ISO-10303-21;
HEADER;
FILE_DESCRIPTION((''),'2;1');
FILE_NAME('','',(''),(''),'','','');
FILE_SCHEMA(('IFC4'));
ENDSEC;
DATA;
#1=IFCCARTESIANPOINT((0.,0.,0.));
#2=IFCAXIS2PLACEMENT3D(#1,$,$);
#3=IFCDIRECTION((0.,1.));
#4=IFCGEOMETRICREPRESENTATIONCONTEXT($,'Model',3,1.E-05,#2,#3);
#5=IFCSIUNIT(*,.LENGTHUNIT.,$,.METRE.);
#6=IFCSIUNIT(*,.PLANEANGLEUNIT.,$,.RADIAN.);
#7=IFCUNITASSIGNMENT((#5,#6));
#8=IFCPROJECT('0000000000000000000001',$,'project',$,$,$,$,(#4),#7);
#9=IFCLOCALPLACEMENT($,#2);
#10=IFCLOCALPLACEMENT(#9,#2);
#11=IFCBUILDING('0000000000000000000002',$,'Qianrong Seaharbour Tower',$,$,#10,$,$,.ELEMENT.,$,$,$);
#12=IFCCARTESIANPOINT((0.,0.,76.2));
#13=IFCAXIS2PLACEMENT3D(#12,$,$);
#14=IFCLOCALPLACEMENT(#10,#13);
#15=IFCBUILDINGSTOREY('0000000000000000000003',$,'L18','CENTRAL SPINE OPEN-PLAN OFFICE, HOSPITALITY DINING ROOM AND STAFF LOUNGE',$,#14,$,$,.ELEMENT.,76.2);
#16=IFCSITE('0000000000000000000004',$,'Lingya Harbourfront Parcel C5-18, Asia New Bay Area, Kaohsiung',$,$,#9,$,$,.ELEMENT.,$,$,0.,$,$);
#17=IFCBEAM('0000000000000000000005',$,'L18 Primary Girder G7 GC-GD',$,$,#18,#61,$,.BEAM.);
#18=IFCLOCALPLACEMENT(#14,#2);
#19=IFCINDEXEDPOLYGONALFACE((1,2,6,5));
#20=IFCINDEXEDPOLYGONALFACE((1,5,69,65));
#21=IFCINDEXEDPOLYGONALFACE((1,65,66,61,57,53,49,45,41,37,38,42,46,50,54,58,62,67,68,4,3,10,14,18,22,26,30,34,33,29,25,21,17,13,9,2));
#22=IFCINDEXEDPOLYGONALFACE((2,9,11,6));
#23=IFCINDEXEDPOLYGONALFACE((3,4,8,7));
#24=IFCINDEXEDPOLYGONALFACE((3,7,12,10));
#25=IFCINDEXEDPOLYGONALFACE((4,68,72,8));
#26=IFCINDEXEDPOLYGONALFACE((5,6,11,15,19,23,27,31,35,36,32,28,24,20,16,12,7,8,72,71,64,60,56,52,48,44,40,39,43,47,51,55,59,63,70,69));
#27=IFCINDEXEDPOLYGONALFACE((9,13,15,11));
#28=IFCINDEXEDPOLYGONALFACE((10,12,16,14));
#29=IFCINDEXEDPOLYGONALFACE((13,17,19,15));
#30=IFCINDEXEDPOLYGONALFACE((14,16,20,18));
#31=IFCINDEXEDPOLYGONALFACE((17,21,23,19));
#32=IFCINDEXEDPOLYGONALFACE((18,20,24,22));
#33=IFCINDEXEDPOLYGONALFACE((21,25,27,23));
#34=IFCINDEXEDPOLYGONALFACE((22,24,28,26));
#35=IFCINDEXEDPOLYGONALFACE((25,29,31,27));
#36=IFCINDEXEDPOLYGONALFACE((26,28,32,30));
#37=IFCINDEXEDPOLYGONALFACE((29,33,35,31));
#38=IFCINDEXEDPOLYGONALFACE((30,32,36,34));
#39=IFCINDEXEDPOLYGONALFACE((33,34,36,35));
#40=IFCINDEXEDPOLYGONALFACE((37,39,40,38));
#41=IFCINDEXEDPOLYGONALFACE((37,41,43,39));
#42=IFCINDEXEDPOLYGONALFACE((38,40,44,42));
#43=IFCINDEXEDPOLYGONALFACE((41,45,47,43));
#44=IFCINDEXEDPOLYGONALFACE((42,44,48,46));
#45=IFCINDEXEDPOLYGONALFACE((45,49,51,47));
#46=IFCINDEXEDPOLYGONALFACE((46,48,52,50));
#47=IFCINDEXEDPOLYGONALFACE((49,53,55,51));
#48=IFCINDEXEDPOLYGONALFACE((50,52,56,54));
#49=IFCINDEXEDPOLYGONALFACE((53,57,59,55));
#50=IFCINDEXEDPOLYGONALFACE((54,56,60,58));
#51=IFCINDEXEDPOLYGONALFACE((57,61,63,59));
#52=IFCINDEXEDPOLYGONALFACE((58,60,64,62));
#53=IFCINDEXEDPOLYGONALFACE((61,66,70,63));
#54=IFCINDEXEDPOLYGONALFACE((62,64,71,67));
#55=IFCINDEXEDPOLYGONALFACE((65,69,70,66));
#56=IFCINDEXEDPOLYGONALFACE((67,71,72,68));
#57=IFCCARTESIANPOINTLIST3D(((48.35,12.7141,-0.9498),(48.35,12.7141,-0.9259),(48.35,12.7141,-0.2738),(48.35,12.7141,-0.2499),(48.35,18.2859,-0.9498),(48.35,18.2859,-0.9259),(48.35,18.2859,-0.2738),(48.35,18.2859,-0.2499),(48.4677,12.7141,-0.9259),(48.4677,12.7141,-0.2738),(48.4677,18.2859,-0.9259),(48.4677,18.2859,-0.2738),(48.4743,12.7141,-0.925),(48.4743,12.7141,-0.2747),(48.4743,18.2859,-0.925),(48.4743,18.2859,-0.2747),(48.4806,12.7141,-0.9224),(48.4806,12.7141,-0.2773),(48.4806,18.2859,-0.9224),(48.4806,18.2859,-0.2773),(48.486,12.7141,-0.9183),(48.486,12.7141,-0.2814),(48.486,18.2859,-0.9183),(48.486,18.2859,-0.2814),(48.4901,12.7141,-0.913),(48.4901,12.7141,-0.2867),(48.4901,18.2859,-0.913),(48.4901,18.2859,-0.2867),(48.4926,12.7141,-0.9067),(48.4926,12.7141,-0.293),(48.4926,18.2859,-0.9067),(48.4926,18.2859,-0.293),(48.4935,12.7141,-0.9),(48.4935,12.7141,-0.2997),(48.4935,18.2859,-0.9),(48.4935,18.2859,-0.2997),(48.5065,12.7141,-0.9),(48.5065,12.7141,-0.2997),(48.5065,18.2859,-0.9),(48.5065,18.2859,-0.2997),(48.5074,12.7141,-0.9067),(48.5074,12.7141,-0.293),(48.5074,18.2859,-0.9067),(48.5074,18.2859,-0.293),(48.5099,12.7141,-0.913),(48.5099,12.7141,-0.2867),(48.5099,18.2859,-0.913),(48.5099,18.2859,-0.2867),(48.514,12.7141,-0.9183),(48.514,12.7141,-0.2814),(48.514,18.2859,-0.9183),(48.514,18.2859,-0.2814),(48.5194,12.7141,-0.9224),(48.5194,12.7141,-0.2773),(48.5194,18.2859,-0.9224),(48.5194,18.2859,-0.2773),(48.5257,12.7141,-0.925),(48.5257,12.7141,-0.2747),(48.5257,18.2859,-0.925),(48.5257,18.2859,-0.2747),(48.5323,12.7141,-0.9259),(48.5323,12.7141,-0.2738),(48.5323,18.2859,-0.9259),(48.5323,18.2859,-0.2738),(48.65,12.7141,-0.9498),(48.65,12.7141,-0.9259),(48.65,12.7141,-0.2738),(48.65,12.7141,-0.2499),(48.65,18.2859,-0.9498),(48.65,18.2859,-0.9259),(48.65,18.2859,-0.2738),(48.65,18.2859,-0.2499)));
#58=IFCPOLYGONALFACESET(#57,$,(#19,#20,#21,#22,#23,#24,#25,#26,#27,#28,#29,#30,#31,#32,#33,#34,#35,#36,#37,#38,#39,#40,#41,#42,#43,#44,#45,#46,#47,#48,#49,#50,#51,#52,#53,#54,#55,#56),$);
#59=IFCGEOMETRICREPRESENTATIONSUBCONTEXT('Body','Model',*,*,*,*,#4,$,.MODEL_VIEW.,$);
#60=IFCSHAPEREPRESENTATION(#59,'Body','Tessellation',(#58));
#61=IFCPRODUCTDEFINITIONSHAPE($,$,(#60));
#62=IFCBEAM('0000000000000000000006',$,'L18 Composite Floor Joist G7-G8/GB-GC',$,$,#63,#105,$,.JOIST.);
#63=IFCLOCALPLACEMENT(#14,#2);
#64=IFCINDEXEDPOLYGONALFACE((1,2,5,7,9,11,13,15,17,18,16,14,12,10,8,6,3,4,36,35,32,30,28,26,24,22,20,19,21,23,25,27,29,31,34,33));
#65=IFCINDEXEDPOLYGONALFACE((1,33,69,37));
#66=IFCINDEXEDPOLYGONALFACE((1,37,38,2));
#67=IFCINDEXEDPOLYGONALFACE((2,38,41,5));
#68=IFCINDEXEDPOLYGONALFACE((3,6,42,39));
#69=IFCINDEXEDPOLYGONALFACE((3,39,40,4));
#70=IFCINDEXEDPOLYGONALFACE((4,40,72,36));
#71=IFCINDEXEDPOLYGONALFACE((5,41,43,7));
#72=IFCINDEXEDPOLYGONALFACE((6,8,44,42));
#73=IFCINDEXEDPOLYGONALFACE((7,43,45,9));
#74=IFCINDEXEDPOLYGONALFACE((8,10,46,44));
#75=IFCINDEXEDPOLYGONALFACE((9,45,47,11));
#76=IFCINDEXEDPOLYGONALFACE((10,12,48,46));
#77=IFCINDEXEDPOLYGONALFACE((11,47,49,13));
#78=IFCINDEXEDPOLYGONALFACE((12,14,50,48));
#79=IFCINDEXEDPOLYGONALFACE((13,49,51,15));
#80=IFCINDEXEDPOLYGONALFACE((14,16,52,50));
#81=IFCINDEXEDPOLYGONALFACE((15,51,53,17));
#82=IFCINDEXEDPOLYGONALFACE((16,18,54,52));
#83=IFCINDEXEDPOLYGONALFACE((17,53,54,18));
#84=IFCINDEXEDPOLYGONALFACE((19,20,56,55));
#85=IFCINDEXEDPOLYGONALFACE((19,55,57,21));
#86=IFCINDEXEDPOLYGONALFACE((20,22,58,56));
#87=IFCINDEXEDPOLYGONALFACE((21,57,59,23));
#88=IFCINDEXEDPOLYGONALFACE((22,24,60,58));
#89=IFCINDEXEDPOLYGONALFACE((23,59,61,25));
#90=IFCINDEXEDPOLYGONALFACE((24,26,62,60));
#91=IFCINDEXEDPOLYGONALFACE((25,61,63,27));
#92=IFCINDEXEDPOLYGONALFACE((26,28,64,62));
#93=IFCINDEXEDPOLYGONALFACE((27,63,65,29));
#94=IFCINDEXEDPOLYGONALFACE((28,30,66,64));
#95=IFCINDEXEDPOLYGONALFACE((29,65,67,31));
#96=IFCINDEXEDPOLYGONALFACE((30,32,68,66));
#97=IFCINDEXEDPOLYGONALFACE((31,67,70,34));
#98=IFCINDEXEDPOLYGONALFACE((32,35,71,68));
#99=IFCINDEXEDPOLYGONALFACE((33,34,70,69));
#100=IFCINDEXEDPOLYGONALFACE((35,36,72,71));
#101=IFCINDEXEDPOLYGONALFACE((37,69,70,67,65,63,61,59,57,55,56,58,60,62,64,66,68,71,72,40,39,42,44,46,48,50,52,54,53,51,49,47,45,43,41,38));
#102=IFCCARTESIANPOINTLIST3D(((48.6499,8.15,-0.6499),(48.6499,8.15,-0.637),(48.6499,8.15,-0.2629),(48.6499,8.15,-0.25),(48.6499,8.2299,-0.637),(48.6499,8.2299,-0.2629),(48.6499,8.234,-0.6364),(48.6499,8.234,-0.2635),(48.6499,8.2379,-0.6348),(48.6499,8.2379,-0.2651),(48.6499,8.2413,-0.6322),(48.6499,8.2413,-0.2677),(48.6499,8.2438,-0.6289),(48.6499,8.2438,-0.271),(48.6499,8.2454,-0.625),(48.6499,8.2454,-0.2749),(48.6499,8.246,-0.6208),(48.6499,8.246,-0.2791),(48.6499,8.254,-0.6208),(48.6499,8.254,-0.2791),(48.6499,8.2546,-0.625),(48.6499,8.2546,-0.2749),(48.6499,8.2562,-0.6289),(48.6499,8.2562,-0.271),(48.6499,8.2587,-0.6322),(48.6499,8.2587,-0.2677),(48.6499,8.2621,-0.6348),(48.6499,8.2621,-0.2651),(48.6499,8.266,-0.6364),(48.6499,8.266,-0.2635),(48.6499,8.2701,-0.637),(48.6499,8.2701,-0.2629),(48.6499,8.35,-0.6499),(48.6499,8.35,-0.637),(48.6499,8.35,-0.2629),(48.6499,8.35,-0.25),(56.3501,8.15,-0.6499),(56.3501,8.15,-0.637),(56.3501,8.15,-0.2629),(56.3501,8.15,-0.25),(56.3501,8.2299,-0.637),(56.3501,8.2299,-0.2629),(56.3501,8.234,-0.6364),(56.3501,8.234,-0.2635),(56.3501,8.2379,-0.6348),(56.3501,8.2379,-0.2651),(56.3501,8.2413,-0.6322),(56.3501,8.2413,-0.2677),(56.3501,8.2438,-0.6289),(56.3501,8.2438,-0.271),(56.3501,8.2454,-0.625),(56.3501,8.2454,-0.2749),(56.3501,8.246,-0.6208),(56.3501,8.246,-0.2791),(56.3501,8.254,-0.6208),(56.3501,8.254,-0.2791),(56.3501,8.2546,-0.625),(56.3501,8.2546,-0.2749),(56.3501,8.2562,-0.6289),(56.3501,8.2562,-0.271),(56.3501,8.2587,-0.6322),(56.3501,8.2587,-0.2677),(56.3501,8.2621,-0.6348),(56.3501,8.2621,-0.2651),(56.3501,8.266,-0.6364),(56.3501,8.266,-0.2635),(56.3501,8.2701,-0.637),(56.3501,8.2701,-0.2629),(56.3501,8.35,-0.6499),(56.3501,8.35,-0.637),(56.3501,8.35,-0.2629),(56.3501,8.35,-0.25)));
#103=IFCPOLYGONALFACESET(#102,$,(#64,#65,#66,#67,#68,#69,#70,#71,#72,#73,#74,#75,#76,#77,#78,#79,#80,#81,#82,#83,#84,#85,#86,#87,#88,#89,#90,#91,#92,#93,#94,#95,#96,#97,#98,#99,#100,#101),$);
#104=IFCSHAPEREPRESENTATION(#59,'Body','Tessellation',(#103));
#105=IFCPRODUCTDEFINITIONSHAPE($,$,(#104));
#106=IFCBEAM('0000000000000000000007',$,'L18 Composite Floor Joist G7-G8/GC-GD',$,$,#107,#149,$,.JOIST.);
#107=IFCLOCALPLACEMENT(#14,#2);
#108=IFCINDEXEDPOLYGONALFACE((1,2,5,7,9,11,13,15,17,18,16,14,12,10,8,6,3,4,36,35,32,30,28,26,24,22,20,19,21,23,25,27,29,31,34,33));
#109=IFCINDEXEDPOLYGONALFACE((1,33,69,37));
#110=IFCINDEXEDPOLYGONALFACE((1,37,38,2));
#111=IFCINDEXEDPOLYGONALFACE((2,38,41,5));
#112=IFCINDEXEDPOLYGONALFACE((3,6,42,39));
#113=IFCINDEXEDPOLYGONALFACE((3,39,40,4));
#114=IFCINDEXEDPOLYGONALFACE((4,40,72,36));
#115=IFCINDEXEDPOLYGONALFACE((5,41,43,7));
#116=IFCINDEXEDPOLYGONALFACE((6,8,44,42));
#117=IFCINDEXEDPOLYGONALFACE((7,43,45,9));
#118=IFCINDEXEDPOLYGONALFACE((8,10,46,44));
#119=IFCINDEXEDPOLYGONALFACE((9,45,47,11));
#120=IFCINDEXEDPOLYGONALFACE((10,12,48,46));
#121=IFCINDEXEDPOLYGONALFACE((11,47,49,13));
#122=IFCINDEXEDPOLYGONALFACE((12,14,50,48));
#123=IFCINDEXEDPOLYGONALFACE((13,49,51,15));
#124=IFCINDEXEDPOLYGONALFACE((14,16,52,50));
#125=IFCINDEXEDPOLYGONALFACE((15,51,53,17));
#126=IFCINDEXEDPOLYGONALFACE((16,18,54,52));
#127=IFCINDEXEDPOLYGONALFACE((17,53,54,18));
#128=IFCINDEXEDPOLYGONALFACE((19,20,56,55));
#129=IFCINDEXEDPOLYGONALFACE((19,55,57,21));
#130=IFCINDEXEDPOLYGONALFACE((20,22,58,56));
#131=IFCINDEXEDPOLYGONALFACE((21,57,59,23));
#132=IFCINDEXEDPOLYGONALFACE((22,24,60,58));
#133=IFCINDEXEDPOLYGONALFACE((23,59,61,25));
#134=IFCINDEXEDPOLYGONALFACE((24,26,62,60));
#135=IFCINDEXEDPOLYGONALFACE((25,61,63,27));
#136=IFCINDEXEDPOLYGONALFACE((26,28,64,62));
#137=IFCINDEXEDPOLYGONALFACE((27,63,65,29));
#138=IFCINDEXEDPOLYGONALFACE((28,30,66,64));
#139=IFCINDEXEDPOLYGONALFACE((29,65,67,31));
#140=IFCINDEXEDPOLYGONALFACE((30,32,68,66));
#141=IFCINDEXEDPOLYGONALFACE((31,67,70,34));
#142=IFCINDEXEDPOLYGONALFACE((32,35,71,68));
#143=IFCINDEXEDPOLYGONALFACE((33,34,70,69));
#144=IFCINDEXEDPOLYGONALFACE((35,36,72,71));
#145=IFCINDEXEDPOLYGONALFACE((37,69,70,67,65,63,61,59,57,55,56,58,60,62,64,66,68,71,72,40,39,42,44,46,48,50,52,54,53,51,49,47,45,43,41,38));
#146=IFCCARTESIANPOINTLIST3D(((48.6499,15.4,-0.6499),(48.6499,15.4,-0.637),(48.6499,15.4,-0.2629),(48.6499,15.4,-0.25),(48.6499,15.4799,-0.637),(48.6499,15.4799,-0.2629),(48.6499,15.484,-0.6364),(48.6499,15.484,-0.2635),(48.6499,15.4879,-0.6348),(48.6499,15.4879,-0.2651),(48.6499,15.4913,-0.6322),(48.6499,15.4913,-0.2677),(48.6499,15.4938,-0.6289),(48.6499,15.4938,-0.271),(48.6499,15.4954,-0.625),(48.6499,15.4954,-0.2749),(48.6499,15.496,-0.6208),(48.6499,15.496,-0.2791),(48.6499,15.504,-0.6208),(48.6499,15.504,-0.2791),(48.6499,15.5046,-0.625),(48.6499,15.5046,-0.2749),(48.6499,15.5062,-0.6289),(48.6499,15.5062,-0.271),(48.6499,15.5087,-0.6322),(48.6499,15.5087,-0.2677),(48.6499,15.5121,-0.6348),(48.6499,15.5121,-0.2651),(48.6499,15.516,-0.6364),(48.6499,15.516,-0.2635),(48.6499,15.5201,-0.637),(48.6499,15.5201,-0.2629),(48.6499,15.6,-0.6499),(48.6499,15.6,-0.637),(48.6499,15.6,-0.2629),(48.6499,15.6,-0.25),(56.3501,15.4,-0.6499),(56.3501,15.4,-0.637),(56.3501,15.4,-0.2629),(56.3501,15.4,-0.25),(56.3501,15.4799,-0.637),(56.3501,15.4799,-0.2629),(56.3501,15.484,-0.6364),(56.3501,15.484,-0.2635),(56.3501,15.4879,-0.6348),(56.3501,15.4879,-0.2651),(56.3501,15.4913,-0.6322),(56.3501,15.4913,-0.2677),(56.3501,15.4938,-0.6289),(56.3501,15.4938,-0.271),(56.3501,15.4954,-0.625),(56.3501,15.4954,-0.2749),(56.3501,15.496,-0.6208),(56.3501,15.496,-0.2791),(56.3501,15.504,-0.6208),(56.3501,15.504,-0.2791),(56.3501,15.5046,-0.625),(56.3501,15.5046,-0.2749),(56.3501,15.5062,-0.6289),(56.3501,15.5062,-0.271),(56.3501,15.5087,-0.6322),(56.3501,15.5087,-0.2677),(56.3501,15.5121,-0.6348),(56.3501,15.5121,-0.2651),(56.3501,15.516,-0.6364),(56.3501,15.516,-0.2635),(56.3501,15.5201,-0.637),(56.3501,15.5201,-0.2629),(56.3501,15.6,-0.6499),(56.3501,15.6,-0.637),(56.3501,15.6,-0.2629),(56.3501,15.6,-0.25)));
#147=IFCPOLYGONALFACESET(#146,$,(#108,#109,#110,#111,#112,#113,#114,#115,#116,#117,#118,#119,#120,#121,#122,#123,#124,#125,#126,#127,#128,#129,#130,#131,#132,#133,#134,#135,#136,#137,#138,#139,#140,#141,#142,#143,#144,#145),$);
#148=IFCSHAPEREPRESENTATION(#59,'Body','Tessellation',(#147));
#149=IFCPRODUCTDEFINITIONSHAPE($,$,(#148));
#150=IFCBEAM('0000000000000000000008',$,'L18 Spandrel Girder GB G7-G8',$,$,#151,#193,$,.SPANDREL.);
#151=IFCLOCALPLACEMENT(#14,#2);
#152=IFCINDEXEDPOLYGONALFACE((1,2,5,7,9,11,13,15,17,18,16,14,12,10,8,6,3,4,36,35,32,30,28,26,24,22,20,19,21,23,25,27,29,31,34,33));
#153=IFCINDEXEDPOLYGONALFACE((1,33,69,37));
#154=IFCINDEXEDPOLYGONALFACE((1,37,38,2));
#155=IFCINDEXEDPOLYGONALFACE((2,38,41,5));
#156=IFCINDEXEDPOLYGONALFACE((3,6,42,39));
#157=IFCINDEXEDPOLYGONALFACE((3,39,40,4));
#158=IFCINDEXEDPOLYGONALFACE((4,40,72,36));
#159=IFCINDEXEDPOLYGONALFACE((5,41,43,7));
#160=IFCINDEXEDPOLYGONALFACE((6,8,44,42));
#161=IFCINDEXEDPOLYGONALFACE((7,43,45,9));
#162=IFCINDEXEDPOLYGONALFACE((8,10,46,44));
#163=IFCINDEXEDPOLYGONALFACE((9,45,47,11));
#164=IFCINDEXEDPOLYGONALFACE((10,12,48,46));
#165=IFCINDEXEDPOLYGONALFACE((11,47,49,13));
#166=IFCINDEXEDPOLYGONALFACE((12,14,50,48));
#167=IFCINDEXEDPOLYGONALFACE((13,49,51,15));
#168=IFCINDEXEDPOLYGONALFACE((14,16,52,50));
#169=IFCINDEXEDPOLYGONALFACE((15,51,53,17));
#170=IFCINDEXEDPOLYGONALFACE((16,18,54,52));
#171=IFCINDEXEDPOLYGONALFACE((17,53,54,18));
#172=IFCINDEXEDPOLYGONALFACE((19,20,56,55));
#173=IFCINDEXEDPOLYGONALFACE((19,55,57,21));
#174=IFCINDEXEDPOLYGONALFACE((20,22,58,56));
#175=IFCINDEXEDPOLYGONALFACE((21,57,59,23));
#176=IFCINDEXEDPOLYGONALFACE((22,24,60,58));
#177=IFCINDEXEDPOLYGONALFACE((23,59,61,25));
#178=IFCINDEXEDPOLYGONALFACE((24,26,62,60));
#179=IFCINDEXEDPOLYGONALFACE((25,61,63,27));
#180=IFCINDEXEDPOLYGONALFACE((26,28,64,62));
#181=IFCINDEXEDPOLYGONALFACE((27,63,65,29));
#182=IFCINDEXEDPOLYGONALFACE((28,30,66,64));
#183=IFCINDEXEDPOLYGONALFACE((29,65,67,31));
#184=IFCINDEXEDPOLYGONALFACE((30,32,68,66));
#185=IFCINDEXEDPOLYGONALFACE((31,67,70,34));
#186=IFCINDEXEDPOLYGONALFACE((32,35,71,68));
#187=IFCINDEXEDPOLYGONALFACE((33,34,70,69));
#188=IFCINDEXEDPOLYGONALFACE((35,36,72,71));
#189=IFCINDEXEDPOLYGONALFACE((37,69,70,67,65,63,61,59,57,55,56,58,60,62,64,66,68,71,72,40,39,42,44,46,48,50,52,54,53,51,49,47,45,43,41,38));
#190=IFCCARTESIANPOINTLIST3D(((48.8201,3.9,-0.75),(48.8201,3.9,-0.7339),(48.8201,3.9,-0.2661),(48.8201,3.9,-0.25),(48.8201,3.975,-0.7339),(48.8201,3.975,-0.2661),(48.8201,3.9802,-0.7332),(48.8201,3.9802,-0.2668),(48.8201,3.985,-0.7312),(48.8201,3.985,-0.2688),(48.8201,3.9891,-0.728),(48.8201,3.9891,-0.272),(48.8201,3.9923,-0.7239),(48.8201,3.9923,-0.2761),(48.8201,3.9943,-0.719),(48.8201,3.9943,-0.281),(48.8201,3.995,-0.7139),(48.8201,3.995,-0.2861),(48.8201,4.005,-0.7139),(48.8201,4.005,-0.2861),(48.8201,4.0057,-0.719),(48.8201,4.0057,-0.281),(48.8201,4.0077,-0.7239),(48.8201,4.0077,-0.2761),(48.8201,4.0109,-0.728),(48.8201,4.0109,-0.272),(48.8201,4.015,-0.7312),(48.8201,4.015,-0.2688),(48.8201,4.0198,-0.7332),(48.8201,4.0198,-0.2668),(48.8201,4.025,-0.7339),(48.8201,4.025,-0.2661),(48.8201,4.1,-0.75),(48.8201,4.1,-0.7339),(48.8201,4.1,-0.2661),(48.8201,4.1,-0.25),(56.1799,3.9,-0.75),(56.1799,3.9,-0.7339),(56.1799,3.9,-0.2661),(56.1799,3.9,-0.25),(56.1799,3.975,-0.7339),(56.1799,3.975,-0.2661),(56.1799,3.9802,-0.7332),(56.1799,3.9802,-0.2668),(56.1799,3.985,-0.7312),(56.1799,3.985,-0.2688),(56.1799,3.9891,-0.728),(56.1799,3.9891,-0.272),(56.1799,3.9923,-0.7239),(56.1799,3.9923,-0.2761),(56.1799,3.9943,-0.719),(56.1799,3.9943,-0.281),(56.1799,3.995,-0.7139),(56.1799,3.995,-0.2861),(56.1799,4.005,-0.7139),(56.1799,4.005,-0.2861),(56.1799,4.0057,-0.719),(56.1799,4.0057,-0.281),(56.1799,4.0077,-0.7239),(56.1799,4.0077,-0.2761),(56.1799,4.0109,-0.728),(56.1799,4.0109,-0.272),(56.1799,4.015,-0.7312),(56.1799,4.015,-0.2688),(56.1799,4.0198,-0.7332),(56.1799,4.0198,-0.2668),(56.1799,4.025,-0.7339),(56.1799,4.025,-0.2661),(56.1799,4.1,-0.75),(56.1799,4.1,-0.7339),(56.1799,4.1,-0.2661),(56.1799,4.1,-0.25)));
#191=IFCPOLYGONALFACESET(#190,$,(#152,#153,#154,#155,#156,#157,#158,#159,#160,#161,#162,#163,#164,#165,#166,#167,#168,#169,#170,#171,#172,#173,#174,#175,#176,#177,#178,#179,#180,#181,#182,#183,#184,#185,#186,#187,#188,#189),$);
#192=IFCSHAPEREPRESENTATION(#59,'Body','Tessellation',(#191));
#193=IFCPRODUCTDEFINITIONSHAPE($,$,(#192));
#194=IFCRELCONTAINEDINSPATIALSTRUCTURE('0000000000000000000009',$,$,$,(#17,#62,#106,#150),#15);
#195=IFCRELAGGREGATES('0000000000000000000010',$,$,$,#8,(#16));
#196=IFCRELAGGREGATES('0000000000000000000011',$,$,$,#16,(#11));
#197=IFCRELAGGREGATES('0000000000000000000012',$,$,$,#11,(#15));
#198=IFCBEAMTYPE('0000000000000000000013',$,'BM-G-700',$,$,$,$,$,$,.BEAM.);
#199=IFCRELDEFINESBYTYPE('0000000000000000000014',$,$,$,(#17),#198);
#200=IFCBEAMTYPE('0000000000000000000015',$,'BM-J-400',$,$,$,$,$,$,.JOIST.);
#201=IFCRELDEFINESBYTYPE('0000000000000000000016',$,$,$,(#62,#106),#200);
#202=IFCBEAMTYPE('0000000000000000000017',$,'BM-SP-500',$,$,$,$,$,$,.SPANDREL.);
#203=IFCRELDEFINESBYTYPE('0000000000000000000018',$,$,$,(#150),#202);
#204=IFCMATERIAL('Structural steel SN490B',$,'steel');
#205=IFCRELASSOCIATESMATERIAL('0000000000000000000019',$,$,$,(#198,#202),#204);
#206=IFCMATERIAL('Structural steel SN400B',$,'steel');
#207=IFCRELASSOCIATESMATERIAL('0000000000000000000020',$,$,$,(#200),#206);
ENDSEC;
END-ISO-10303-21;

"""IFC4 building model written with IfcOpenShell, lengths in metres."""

from ifc_helpers import new_model, si_unit, direction, frame, origin, origin_2d, place, context, subcontext, project, spatial, i_section, extrude, material, material_profile, profile_set, type_object, element, save


model = new_model("IFC4")

# Units and contexts
model_context = context("Model", 3, precision=1e-05, world=origin(), true_north=direction((0.0, 1.0)))
body_context = subcontext(model_context, "Body", "Model", "MODEL_VIEW")
ifc_project = project(units=[si_unit("LENGTHUNIT", "METRE"), si_unit("PLANEANGLEUNIT", "RADIAN")], contexts=[model_context])

# Site, building, storey
site_placement = place(None, origin())
site = spatial("IfcSite", under=ifc_project, at=site_placement, Name="Lingya Harbourfront Parcel C5-18, Asia New Bay Area, Kaohsiung", CompositionType="ELEMENT", RefElevation=0.0)
building_placement = place(site_placement, origin())
building = spatial("IfcBuilding", under=site, at=building_placement, Name="Qianrong Seaharbour Tower", CompositionType="ELEMENT")
storey_placement = place(building_placement, frame((0.0, 0.0, 76.2)))
storey = spatial("IfcBuildingStorey", under=building, at=storey_placement, Name="L18", Description="CENTRAL SPINE OPEN-PLAN OFFICE, HOSPITALITY DINING ROOM AND STAFF LOUNGE", CompositionType="ELEMENT", Elevation=76.2)

# Shared definitions
ifc_material_1 = material(Name="Structural steel SN490B", Category="steel")

# Beams
ifc_material_profile_1 = material_profile(ifc_material_1, i_section(OverallWidth=0.3, OverallDepth=0.7, WebThickness=0.0129, FlangeThickness=0.0239, FilletRadius=0.0259, at=origin_2d()), Name="H700x300x13x24")
ifc_profile_set_1 = profile_set([ifc_material_profile_1], Name="Structural steel SN490B")
beam_type_1 = type_object("IfcBeamType", Name="BM-G-700", PredefinedType="BEAM", material=ifc_profile_set_1)
beam_1_placement = place(storey_placement, frame((48.5, 12.7141, -0.5999), z_axis=(0.0, 1.0, 0.0), x_axis=(-1.0, 0.0, 0.0)))
element("IfcBeam", 1, at=beam_1_placement, inside=storey, type_object=beam_type_1, Name="L18 Primary Girder G7 GC-GD", PredefinedType="BEAM", context=body_context, shape_type="SweptSolid", body=[
    extrude(i_section(OverallWidth=0.3, OverallDepth=0.7, WebThickness=0.0129, FlangeThickness=0.0239, FilletRadius=0.0259, at=origin_2d()), origin(), (0.0, 0.0, 1.0), 5.5718),
])
ifc_material_2 = material(Name="Structural steel SN400B", Category="steel")
ifc_material_profile_2 = material_profile(ifc_material_2, i_section(OverallWidth=0.2, OverallDepth=0.3999, WebThickness=0.0081, FlangeThickness=0.0129, FilletRadius=0.0161, at=origin_2d()), Name="H400x200x8x13")
ifc_profile_set_2 = profile_set([ifc_material_profile_2], Name="Structural steel SN400B")
beam_type_2 = type_object("IfcBeamType", Name="BM-J-400", PredefinedType="JOIST", material=ifc_profile_set_2)
for number, where, z_axis, x_axis, name in (
    (2, (48.6499, 8.25, -0.45), (1.0, 0.0, 0.0), (0.0, 1.0, 0.0), "L18 Composite Floor Joist G7-G8/GB-GC"),
    (3, (48.6499, 15.5, -0.45), (1.0, 0.0, 0.0), (0.0, 1.0, 0.0), "L18 Composite Floor Joist G7-G8/GC-GD"),
):
    element("IfcBeam", number, at=place(storey_placement, frame(where, z_axis=z_axis, x_axis=x_axis)), inside=storey, type_object=beam_type_2, Name=name, PredefinedType="JOIST", context=body_context, shape_type="SweptSolid", body=[
        extrude(i_section(OverallWidth=0.2, OverallDepth=0.3999, WebThickness=0.0081, FlangeThickness=0.0129, FilletRadius=0.0161, at=origin_2d()), origin(), (0.0, 0.0, 1.0), 7.7002),
    ])
ifc_material_profile_3 = material_profile(ifc_material_1, i_section(OverallWidth=0.2, OverallDepth=0.5, WebThickness=0.01, FlangeThickness=0.0161, FilletRadius=0.02, at=origin_2d()), Name="H500x200x10x16")
ifc_profile_set_3 = profile_set([ifc_material_profile_3], Name="Structural steel SN490B")
beam_type_3 = type_object("IfcBeamType", Name="BM-SP-500", PredefinedType="SPANDREL", material=ifc_profile_set_3)
beam_2_placement = place(storey_placement, frame((48.8201, 4.0, -0.5), z_axis=(1.0, 0.0, 0.0), x_axis=(0.0, 1.0, 0.0)))
element("IfcBeam", 4, at=beam_2_placement, inside=storey, type_object=beam_type_3, Name="L18 Spandrel Girder GB G7-G8", PredefinedType="SPANDREL", context=body_context, shape_type="SweptSolid", body=[
    extrude(i_section(OverallWidth=0.2, OverallDepth=0.5, WebThickness=0.01, FlangeThickness=0.0161, FilletRadius=0.02, at=origin_2d()), origin(), (0.0, 0.0, 1.0), 7.3599),
])

save(model, "model.ifc")
